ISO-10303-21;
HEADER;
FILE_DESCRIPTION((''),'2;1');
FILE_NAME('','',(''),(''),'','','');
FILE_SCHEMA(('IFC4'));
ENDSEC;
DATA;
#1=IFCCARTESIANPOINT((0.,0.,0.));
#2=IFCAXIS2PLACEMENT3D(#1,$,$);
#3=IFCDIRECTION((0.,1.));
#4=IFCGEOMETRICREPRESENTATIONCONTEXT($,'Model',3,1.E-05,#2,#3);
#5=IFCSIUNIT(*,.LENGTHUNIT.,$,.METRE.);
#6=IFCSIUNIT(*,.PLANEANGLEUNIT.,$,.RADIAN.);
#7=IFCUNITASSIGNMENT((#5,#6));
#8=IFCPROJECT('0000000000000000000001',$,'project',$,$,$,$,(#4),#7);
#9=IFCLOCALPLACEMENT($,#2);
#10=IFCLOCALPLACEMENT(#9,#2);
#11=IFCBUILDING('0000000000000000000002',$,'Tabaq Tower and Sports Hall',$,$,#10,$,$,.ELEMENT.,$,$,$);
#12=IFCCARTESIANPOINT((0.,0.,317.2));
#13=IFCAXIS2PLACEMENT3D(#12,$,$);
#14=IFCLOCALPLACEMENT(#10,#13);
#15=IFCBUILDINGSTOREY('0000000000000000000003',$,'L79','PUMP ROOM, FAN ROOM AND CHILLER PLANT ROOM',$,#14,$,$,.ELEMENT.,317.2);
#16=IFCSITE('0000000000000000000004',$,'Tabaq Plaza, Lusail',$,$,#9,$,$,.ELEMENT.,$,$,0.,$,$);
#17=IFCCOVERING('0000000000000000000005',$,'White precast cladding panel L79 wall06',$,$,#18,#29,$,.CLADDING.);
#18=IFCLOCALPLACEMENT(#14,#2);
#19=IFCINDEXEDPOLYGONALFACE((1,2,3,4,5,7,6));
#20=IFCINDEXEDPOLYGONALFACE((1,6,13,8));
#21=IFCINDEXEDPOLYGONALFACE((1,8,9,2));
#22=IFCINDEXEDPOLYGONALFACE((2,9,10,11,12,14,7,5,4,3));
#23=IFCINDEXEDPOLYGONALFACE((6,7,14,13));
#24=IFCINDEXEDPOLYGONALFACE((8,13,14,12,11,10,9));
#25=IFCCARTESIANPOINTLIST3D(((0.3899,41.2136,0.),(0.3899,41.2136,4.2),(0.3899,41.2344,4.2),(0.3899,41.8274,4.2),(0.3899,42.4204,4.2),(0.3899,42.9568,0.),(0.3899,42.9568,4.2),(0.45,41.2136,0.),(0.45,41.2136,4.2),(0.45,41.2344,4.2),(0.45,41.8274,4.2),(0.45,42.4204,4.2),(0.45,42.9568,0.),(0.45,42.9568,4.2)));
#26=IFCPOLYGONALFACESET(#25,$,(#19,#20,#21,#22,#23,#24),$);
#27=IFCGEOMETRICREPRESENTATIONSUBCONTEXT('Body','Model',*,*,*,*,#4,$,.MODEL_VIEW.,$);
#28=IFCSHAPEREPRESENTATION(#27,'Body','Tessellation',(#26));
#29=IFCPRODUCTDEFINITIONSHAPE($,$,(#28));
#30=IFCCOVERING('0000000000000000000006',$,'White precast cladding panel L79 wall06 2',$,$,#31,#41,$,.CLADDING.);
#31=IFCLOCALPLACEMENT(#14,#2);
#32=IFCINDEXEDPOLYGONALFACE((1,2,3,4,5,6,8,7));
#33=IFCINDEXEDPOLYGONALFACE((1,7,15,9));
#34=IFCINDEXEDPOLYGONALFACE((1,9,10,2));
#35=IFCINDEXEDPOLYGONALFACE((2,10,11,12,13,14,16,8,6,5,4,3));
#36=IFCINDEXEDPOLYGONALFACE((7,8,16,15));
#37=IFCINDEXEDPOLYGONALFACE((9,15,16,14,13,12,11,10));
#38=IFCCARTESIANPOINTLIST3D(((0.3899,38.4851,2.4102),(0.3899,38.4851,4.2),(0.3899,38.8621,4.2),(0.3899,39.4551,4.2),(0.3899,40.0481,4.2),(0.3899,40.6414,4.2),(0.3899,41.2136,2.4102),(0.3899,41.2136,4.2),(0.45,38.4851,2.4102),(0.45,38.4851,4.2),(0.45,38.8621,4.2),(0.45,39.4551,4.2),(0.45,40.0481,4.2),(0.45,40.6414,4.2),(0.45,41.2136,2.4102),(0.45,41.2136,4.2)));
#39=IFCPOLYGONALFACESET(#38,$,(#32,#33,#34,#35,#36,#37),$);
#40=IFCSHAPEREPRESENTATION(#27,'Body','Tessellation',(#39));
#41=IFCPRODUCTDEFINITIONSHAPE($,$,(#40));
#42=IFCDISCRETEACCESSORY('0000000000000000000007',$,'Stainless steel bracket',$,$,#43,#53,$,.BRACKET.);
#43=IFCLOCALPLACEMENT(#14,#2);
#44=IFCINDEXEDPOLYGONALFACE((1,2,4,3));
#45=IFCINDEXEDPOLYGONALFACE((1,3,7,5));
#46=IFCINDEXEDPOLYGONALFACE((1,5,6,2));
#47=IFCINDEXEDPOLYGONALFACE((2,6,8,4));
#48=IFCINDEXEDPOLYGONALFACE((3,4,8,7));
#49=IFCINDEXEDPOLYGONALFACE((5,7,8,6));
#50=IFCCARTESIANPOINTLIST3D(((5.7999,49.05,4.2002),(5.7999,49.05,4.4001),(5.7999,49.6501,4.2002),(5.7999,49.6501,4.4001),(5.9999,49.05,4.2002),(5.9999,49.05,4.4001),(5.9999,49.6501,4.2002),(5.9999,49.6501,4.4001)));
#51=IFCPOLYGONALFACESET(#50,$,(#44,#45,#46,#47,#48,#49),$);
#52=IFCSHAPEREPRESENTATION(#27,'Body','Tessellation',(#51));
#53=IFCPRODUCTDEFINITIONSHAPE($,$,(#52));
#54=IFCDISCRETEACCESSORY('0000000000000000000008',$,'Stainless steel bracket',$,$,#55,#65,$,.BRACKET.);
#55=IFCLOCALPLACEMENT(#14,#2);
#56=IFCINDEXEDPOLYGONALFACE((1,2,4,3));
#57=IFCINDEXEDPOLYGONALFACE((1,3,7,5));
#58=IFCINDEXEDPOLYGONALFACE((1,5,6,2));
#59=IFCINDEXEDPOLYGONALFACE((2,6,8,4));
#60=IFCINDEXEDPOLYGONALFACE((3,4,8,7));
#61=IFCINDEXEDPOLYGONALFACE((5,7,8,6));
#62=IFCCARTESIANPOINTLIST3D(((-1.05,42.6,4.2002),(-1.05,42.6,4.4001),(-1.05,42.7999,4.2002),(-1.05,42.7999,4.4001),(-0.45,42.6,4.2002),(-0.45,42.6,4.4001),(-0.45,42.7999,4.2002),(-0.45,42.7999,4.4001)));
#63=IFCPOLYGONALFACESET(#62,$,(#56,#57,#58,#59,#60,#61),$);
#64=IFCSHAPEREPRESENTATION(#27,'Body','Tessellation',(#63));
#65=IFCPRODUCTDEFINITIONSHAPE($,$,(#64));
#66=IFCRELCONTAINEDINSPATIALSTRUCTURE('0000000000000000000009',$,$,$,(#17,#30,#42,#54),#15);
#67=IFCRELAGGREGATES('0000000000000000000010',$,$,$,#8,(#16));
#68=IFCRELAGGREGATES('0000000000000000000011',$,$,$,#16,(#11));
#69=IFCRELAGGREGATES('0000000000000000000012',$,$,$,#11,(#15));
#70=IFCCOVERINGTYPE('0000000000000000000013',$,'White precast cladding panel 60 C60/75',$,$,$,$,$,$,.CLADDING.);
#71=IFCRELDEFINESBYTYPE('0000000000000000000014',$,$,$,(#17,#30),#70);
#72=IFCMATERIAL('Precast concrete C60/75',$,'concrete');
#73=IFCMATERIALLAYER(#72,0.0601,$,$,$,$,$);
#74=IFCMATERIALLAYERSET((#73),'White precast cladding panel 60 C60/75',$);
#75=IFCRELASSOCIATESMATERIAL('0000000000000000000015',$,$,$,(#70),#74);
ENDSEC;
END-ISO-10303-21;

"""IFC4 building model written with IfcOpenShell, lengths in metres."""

from ifc_helpers import new_model, si_unit, direction, frame, origin, origin_2d, place, context, subcontext, project, spatial, polyline, rectangle, outline, extrude, material, layer, layer_set, type_object, element, save


model = new_model("IFC4")

# Units and contexts
model_context = context("Model", 3, precision=1e-05, world=origin(), true_north=direction((0.0, 1.0)))
body_context = subcontext(model_context, "Body", "Model", "MODEL_VIEW")
ifc_project = project(units=[si_unit("LENGTHUNIT", "METRE"), si_unit("PLANEANGLEUNIT", "RADIAN")], contexts=[model_context])

# Site, building, storey
site_placement = place(None, origin())
site = spatial("IfcSite", under=ifc_project, at=site_placement, Name="Tabaq Plaza, Lusail", CompositionType="ELEMENT", RefElevation=0.0)
building_placement = place(site_placement, origin())
building = spatial("IfcBuilding", under=site, at=building_placement, Name="Tabaq Tower and Sports Hall", CompositionType="ELEMENT")
storey_placement = place(building_placement, frame((0.0, 0.0, 317.2)))
storey = spatial("IfcBuildingStorey", under=building, at=storey_placement, Name="L79", Description="PUMP ROOM, FAN ROOM AND CHILLER PLANT ROOM", CompositionType="ELEMENT", Elevation=317.2)

# Coverings
ifc_material_1 = material(Name="Precast concrete C60/75", Category="concrete")
ifc_layer_1 = layer(ifc_material_1, 0.0601)
ifc_layer_set_1 = layer_set([ifc_layer_1], Name="White precast cladding panel 60 C60/75")
covering_type_1 = type_object("IfcCoveringType", Name="White precast cladding panel 60 C60/75", PredefinedType="CLADDING", material=ifc_layer_set_1)
covering_1_placement = place(storey_placement, frame((0.4199, 42.9568, 0.0), z_axis=(0.0, 0.0, 1.0), x_axis=(0.0, -1.0, 0.0)))
element("IfcCovering", 1, at=covering_1_placement, inside=storey, type_object=covering_type_1, Name="White precast cladding panel L79 wall06", PredefinedType="CLADDING", context=body_context, shape_type="SweptSolid", body=[
    extrude(outline(polyline([(0.0, 0.0), (1.7432, 0.0), (1.7432, 4.2), (1.7224, 4.2), (1.1294, 4.2), (0.5364, 4.2), (0.0, 4.2), (0.0, 0.0)])), frame((0.0, 0.03, 0.0), z_axis=(0.0, -1.0, 0.0), x_axis=(1.0, 0.0, 0.0)), (0.0, 0.0, 1.0), 0.0601),
])
covering_2_placement = place(storey_placement, frame((0.4199, 41.2136, 2.4102), z_axis=(0.0, 0.0, 1.0), x_axis=(0.0, -1.0, 0.0)))
element("IfcCovering", 2, at=covering_2_placement, inside=storey, type_object=covering_type_1, Name="White precast cladding panel L79 wall06 2", PredefinedType="CLADDING", context=body_context, shape_type="SweptSolid", body=[
    extrude(outline(polyline([(0.0, 0.0), (2.7285, 0.0), (2.7285, 1.7898), (2.3516, 1.7898), (1.7585, 1.7898), (1.1655, 1.7898), (0.5723, 1.7898), (0.0, 1.7898), (0.0, 0.0)])), frame((0.0, 0.03, 0.0), z_axis=(0.0, -1.0, 0.0), x_axis=(1.0, 0.0, 0.0)), (0.0, 0.0, 1.0), 0.0601),
])

# Discrete accessories
for number, where, z_axis, x_axis, name in (
    (3, (5.8999, 49.3501, 4.2002), (0.0, 0.0, 1.0), (0.0, 1.0, 0.0), "Stainless steel bracket"),
    (4, (-0.75, 42.7, 4.2002), (0.0, 0.0, 1.0), (-1.0, 0.0, 0.0), "Stainless steel bracket"),
):
    element("IfcDiscreteAccessory", number, at=place(storey_placement, frame(where, z_axis=z_axis, x_axis=x_axis)), inside=storey, Name=name, PredefinedType="BRACKET", context=body_context, shape_type="SweptSolid", body=[
        extrude(rectangle(XDim=0.6001, YDim=0.2, at=origin_2d()), origin(), (0.0, 0.0, 1.0), 0.2),
    ])

save(model, "model.ifc")
